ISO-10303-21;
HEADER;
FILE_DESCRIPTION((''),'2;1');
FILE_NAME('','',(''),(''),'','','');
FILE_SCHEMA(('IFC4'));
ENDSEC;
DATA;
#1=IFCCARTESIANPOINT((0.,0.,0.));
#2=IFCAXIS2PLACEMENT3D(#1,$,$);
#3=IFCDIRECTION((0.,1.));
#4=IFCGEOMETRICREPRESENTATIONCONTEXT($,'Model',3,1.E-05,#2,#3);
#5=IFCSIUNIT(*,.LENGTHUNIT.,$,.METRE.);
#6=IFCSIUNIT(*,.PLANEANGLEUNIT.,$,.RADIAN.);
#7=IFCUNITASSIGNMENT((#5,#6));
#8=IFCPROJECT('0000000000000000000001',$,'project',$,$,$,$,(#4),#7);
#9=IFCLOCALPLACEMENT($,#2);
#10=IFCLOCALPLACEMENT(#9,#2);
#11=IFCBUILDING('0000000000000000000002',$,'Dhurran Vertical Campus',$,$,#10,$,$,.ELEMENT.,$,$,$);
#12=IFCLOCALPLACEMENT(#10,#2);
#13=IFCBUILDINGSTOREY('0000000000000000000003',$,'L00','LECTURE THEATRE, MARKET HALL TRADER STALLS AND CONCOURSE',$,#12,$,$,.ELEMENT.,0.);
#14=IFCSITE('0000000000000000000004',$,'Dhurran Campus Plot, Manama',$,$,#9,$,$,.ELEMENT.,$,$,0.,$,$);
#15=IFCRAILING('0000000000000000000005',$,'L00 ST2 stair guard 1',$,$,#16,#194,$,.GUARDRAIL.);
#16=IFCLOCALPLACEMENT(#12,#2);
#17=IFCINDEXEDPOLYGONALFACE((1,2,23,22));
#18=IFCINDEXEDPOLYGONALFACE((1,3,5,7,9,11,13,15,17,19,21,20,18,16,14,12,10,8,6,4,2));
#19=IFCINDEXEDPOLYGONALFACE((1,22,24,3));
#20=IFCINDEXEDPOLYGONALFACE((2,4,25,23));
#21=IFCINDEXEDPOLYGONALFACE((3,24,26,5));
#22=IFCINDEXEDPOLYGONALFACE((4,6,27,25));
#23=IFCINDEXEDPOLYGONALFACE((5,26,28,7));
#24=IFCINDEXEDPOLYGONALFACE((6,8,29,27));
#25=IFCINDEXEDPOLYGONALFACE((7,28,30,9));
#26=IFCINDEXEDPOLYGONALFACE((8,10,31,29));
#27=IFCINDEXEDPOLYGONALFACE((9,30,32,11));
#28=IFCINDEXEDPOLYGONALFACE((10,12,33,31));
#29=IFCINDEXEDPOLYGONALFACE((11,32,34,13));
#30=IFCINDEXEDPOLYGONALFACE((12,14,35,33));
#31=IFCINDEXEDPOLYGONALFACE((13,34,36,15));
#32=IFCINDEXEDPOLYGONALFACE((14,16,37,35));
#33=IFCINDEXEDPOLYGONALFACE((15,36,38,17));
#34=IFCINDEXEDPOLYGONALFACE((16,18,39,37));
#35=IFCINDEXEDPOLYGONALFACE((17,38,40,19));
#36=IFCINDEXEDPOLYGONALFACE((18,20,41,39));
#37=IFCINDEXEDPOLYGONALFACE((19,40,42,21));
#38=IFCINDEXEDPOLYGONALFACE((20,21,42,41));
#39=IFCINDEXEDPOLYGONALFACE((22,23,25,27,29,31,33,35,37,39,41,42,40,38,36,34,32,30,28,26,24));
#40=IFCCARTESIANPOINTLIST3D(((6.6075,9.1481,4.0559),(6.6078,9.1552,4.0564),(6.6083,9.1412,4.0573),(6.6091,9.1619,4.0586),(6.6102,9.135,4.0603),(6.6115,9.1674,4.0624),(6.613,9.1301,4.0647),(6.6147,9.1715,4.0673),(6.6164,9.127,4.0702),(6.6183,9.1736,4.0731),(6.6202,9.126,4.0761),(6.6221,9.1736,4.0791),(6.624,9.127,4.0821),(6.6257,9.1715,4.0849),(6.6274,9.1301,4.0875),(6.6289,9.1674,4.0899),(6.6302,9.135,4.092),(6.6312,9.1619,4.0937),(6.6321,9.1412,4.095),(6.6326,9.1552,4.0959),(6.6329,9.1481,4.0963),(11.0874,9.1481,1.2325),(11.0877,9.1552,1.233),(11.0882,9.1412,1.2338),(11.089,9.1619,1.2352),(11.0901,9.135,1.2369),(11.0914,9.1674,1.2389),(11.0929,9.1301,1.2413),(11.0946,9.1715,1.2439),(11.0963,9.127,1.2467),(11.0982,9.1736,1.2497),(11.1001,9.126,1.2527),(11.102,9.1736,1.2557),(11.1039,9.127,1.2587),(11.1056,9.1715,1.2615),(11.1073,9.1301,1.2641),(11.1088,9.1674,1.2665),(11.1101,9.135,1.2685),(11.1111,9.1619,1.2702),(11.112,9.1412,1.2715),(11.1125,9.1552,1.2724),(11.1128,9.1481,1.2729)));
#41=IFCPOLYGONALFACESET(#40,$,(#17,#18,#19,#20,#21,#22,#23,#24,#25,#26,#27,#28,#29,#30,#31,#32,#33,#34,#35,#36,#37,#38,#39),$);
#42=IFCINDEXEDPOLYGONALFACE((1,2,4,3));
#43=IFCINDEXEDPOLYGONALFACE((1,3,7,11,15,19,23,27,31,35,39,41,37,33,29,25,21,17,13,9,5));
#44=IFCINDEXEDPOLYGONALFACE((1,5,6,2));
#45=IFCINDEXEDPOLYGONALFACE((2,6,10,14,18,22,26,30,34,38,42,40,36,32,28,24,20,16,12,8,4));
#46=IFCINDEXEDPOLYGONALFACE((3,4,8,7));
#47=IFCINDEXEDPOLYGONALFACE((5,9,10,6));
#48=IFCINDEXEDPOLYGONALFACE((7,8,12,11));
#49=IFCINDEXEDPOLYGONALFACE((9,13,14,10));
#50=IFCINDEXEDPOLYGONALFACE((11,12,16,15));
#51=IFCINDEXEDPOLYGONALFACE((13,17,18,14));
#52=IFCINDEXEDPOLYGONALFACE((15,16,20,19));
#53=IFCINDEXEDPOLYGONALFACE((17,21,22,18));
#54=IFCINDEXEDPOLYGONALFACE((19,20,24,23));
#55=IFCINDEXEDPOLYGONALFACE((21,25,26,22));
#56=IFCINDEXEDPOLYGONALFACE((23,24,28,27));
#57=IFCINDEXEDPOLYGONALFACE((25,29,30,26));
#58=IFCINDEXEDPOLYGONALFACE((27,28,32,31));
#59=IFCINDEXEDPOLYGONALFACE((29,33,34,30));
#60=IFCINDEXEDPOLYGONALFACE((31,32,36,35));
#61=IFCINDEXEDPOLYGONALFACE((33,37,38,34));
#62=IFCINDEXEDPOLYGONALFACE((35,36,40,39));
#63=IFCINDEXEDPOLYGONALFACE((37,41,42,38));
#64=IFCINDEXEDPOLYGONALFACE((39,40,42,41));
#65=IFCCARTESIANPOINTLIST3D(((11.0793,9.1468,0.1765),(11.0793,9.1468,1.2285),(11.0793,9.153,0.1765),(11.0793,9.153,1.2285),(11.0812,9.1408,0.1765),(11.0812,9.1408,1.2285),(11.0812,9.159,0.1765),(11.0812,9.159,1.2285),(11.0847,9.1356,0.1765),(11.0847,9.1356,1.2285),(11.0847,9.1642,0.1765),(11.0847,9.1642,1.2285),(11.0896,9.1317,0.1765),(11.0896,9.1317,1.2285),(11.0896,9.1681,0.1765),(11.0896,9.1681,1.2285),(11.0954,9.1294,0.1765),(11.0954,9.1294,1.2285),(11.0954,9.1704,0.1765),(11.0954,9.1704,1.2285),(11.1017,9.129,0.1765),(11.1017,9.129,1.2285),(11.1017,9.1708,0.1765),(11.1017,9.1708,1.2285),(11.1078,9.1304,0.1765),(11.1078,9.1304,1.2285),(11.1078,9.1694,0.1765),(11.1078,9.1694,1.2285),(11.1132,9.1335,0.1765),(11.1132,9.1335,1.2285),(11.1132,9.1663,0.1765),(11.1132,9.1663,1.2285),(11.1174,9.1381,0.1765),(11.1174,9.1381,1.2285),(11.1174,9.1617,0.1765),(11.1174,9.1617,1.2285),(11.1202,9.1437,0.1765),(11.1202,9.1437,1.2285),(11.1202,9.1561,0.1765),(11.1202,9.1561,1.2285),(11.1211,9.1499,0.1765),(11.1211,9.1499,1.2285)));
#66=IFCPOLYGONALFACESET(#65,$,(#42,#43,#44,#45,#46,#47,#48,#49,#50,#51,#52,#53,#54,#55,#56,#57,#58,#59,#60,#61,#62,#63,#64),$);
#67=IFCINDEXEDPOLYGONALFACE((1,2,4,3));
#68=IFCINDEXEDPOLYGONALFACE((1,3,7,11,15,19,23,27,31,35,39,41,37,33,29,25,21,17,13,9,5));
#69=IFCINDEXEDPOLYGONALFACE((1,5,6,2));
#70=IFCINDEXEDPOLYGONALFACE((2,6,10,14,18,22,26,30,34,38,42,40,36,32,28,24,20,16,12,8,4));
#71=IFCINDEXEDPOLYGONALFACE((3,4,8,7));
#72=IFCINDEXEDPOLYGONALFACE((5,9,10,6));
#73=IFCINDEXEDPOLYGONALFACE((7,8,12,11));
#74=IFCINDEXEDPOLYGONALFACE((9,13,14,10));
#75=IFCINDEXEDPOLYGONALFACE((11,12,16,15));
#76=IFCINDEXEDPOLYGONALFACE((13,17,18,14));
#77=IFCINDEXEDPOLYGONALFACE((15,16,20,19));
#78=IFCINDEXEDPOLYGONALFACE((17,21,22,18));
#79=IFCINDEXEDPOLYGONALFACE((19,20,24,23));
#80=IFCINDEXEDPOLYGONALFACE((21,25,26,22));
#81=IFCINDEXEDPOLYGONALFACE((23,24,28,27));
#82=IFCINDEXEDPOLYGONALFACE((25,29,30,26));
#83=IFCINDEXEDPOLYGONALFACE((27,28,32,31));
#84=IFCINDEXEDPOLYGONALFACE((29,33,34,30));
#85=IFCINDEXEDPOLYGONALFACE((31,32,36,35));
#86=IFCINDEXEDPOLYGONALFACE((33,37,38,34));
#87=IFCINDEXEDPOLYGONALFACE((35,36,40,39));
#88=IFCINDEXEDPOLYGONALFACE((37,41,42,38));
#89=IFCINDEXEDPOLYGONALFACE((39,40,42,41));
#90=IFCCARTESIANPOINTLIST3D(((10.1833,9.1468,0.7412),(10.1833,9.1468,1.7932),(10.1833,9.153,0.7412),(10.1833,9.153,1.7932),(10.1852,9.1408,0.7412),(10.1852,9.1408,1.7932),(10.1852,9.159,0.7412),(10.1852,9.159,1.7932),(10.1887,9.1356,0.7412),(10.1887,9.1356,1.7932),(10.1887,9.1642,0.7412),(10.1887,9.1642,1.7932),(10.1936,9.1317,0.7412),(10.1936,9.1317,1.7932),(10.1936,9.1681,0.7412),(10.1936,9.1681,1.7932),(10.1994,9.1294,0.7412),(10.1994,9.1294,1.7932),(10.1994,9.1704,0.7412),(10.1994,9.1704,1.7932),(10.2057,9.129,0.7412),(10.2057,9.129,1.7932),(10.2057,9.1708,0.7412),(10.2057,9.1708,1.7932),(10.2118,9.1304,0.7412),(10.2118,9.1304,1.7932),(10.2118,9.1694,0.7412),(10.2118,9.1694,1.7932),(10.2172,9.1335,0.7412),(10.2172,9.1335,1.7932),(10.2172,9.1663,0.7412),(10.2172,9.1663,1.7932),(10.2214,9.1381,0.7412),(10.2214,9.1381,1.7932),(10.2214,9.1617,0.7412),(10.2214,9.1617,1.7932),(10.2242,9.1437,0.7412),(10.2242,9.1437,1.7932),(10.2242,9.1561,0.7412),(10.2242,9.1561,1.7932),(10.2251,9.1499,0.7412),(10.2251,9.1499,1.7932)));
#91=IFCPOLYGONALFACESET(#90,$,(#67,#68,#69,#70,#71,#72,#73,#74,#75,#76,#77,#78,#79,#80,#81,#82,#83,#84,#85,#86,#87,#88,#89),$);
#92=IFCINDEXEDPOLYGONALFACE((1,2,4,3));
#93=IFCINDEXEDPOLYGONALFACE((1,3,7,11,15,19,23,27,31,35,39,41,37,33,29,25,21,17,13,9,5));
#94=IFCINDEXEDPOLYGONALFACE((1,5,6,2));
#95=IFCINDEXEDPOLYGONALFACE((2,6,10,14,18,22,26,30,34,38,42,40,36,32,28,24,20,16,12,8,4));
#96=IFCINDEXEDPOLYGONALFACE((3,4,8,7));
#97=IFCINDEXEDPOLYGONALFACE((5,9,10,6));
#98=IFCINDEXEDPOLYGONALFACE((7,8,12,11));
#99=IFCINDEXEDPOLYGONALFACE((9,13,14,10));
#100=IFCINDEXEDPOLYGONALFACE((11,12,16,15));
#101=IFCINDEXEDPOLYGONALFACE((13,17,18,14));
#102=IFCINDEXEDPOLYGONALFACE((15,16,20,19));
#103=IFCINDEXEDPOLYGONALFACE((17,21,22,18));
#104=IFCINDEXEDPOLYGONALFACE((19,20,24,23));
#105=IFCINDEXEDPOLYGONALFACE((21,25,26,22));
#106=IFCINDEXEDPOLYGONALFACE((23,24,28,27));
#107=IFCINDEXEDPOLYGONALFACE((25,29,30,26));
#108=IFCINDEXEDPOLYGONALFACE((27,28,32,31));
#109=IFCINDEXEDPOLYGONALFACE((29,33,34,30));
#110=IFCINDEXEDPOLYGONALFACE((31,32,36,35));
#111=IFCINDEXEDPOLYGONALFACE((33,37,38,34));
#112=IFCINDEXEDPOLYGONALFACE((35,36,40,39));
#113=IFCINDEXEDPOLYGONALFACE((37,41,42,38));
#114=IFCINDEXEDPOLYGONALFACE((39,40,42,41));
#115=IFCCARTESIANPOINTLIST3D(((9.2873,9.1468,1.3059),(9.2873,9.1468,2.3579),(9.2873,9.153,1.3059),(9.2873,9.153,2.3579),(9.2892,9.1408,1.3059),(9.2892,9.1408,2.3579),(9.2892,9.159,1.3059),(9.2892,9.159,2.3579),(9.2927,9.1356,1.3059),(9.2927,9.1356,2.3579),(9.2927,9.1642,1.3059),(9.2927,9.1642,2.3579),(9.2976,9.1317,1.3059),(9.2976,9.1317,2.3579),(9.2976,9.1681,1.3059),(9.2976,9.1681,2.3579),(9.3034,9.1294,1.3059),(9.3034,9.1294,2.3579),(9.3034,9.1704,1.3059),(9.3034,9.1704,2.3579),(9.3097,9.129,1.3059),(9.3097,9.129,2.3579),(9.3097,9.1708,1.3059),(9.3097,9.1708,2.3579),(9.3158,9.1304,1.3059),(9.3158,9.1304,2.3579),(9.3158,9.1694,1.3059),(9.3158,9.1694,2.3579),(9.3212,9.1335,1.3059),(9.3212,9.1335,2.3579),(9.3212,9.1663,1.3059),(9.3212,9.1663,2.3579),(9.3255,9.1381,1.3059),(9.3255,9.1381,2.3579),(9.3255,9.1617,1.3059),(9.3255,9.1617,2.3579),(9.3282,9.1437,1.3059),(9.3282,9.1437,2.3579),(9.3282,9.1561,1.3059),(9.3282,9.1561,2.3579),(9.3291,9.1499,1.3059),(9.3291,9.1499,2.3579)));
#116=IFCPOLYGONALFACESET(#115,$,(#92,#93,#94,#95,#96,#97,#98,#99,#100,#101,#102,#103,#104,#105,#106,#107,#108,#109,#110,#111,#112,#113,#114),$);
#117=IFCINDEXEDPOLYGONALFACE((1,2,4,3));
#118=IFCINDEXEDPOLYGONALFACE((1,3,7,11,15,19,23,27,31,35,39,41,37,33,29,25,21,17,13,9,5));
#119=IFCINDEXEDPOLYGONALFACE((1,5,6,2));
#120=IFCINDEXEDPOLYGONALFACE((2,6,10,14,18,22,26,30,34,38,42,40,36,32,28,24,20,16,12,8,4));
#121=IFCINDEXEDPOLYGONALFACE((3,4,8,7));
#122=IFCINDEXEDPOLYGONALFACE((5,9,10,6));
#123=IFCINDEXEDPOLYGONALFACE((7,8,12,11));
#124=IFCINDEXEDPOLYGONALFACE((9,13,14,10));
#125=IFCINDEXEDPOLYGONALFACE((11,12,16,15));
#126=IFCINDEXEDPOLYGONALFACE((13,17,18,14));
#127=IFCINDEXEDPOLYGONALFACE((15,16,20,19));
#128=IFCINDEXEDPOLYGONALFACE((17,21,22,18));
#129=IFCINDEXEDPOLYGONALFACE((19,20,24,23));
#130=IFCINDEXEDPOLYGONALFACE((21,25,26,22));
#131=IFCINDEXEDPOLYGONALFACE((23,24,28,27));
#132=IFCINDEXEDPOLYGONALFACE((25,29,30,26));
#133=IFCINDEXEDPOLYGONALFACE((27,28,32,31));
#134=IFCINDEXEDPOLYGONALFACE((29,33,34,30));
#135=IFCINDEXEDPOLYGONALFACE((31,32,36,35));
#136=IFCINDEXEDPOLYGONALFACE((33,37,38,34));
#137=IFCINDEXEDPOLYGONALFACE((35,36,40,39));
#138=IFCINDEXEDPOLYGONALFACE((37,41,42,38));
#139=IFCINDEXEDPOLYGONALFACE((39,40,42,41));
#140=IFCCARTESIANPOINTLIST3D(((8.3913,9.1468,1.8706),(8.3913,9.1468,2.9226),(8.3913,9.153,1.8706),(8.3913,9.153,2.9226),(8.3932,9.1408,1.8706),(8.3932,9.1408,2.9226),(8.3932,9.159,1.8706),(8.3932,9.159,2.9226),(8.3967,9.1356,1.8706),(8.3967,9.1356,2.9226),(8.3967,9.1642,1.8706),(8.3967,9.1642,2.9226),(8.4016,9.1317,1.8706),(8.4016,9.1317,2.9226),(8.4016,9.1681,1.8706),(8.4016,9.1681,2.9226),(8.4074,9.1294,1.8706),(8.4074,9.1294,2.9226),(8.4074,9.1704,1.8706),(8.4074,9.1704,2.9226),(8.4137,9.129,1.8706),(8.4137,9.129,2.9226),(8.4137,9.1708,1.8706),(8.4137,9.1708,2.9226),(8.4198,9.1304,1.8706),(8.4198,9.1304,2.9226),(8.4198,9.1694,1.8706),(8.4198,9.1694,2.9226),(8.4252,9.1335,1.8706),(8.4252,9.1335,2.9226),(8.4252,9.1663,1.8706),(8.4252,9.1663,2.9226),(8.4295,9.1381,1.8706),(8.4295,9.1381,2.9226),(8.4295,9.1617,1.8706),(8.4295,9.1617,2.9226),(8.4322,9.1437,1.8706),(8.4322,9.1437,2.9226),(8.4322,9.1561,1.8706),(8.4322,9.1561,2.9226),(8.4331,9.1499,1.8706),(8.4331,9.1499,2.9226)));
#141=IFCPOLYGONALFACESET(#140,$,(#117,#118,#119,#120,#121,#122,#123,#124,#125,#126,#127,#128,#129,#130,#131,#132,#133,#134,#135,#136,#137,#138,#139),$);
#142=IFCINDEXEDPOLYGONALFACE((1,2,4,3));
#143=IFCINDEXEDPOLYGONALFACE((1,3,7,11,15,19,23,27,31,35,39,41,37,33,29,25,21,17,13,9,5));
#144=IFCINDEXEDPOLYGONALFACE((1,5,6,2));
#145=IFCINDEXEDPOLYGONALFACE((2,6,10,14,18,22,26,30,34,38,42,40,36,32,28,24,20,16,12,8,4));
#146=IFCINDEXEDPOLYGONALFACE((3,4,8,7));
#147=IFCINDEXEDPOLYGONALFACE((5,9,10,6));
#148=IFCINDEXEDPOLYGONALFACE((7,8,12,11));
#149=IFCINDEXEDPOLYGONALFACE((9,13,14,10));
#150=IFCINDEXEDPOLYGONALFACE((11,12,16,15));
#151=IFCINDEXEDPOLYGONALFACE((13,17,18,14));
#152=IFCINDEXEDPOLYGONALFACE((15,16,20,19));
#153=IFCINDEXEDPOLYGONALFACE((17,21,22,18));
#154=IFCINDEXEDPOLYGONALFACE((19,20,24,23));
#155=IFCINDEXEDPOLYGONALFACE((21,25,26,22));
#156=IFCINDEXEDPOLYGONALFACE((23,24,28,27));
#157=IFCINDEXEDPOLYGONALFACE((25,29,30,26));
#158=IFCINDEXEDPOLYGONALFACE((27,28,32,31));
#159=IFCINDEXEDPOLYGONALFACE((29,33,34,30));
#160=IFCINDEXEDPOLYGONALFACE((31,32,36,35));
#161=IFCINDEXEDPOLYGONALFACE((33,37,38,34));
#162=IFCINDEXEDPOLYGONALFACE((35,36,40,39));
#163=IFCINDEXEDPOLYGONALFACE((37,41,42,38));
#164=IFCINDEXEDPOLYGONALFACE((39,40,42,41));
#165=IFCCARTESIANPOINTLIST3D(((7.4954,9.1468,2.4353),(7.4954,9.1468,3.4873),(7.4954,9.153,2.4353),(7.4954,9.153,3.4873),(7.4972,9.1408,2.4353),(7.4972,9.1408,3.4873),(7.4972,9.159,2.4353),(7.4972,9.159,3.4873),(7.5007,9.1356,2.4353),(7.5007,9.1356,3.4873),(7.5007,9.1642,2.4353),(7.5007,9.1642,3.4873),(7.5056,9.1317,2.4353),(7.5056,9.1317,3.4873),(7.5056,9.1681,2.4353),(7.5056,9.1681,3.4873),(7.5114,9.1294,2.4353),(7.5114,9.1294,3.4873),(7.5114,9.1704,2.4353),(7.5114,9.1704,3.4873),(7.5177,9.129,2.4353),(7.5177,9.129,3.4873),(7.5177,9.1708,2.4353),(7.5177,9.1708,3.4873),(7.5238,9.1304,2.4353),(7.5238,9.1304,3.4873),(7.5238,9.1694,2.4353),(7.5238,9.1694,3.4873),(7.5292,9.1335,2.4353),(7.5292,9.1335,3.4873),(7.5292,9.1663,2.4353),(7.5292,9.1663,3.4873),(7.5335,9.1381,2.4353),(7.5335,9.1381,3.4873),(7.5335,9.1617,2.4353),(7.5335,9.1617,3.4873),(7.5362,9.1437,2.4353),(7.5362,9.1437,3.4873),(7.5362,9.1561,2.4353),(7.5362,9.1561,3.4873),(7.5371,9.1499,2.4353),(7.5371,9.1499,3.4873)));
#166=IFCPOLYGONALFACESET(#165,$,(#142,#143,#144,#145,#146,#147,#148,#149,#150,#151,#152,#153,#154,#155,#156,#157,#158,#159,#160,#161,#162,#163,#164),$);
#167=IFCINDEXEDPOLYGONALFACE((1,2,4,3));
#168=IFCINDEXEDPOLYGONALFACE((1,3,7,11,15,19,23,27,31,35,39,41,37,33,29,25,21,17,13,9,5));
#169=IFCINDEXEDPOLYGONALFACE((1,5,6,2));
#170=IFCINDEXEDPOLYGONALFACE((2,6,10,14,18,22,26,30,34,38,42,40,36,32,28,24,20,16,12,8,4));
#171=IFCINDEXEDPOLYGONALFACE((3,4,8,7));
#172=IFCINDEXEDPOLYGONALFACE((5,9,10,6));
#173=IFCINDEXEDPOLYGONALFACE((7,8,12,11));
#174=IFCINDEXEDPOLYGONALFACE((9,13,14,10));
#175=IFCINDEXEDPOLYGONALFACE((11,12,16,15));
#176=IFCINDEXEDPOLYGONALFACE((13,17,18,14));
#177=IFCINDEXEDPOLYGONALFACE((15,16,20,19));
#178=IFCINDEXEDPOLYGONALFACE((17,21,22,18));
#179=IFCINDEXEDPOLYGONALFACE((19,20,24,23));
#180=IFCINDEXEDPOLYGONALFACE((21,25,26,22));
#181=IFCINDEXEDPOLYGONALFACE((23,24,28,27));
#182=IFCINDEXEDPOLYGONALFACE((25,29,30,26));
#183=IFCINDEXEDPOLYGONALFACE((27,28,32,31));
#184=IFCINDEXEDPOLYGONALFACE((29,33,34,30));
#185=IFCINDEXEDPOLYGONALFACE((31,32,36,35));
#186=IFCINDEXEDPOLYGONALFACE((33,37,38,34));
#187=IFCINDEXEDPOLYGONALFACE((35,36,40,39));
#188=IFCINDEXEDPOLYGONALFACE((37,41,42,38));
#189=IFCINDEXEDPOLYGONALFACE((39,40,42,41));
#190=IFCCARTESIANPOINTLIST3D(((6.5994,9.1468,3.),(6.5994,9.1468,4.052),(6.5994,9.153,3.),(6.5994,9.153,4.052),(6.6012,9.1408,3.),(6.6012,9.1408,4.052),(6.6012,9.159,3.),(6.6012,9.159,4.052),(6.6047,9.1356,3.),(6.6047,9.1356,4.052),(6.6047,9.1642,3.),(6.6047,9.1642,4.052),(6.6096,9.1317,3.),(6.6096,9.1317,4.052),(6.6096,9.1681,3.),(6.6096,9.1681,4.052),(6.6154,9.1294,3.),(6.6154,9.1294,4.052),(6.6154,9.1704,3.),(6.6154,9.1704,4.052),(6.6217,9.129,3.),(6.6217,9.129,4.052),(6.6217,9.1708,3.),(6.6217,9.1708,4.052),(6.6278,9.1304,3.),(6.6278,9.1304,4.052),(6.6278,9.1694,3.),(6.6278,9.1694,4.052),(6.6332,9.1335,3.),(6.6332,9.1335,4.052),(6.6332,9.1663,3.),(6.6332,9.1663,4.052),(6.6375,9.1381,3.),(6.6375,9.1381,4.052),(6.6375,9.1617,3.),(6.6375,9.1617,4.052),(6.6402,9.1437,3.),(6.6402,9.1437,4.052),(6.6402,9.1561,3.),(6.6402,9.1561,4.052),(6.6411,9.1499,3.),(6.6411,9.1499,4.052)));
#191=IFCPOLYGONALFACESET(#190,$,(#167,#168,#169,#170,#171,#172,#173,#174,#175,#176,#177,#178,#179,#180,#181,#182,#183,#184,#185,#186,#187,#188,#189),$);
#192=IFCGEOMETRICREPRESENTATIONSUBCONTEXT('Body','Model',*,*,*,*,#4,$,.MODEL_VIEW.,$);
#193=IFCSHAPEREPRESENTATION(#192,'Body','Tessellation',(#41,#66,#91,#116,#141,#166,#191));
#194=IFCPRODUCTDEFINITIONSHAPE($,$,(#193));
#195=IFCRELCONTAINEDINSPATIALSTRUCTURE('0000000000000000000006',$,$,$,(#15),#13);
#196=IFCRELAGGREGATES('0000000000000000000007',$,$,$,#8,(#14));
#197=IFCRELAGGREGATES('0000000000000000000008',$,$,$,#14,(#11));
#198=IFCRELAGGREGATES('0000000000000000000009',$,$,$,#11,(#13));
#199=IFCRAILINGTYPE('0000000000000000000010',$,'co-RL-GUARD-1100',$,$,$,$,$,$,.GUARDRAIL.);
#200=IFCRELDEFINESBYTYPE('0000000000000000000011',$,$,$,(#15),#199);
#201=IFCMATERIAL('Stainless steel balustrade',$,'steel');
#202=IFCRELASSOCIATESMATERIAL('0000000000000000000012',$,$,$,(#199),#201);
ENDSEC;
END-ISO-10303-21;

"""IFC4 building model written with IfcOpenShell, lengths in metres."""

from ifc_helpers import new_model, si_unit, direction, frame, origin, origin_2d, place, context, subcontext, project, spatial, circle, extrude, material, type_object, element, save


model = new_model("IFC4")

# Units and contexts
model_context = context("Model", 3, precision=1e-05, world=origin(), true_north=direction((0.0, 1.0)))
body_context = subcontext(model_context, "Body", "Model", "MODEL_VIEW")
ifc_project = project(units=[si_unit("LENGTHUNIT", "METRE"), si_unit("PLANEANGLEUNIT", "RADIAN")], contexts=[model_context])

# Site, building, storey
site_placement = place(None, origin())
site = spatial("IfcSite", under=ifc_project, at=site_placement, Name="Dhurran Campus Plot, Manama", CompositionType="ELEMENT", RefElevation=0.0)
building_placement = place(site_placement, origin())
building = spatial("IfcBuilding", under=site, at=building_placement, Name="Dhurran Vertical Campus", CompositionType="ELEMENT")
storey_placement = place(building_placement, origin())
storey = spatial("IfcBuildingStorey", under=building, at=storey_placement, Name="L00", Description="LECTURE THEATRE, MARKET HALL TRADER STALLS AND CONCOURSE", CompositionType="ELEMENT", Elevation=0.0)

# Railing
ifc_material_1 = material(Name="Stainless steel balustrade", Category="steel")
railing_type_1 = type_object("IfcRailingType", Name="co-RL-GUARD-1100", PredefinedType="GUARDRAIL", material=ifc_material_1)
railing_1_placement = place(storey_placement, frame((11.1001, 9.1499, 0.1765)))
element("IfcRailing", 1, at=railing_1_placement, inside=storey, type_object=railing_type_1, Name="L00 ST2 stair guard 1", PredefinedType="GUARDRAIL", context=body_context, shape_type="SweptSolid", body=[
    extrude(circle(Radius=0.0239, at=origin_2d()), frame((0.0, 0.0, 1.0762), z_axis=(-0.845998, 0.0, 0.533186), x_axis=(0.0, -1.0, 0.0)), (0.0, 0.0, 1.0), 5.2954),
    extrude(circle(Radius=0.021, at=origin_2d()), origin(), (0.0, 0.0, 1.0), 1.052),
    extrude(circle(Radius=0.021, at=origin_2d()), frame((-0.896, 0.0, 0.5647)), (0.0, 0.0, 1.0), 1.052),
    extrude(circle(Radius=0.021, at=origin_2d()), frame((-1.792, 0.0, 1.1294)), (0.0, 0.0, 1.0), 1.052),
    extrude(circle(Radius=0.021, at=origin_2d()), frame((-2.688, 0.0, 1.6941)), (0.0, 0.0, 1.0), 1.052),
    extrude(circle(Radius=0.021, at=origin_2d()), frame((-3.584, 0.0, 2.2588)), (0.0, 0.0, 1.0), 1.052),
    extrude(circle(Radius=0.021, at=origin_2d()), frame((-4.48, 0.0, 2.8235)), (0.0, 0.0, 1.0), 1.052),
])

save(model, "model.ifc")
